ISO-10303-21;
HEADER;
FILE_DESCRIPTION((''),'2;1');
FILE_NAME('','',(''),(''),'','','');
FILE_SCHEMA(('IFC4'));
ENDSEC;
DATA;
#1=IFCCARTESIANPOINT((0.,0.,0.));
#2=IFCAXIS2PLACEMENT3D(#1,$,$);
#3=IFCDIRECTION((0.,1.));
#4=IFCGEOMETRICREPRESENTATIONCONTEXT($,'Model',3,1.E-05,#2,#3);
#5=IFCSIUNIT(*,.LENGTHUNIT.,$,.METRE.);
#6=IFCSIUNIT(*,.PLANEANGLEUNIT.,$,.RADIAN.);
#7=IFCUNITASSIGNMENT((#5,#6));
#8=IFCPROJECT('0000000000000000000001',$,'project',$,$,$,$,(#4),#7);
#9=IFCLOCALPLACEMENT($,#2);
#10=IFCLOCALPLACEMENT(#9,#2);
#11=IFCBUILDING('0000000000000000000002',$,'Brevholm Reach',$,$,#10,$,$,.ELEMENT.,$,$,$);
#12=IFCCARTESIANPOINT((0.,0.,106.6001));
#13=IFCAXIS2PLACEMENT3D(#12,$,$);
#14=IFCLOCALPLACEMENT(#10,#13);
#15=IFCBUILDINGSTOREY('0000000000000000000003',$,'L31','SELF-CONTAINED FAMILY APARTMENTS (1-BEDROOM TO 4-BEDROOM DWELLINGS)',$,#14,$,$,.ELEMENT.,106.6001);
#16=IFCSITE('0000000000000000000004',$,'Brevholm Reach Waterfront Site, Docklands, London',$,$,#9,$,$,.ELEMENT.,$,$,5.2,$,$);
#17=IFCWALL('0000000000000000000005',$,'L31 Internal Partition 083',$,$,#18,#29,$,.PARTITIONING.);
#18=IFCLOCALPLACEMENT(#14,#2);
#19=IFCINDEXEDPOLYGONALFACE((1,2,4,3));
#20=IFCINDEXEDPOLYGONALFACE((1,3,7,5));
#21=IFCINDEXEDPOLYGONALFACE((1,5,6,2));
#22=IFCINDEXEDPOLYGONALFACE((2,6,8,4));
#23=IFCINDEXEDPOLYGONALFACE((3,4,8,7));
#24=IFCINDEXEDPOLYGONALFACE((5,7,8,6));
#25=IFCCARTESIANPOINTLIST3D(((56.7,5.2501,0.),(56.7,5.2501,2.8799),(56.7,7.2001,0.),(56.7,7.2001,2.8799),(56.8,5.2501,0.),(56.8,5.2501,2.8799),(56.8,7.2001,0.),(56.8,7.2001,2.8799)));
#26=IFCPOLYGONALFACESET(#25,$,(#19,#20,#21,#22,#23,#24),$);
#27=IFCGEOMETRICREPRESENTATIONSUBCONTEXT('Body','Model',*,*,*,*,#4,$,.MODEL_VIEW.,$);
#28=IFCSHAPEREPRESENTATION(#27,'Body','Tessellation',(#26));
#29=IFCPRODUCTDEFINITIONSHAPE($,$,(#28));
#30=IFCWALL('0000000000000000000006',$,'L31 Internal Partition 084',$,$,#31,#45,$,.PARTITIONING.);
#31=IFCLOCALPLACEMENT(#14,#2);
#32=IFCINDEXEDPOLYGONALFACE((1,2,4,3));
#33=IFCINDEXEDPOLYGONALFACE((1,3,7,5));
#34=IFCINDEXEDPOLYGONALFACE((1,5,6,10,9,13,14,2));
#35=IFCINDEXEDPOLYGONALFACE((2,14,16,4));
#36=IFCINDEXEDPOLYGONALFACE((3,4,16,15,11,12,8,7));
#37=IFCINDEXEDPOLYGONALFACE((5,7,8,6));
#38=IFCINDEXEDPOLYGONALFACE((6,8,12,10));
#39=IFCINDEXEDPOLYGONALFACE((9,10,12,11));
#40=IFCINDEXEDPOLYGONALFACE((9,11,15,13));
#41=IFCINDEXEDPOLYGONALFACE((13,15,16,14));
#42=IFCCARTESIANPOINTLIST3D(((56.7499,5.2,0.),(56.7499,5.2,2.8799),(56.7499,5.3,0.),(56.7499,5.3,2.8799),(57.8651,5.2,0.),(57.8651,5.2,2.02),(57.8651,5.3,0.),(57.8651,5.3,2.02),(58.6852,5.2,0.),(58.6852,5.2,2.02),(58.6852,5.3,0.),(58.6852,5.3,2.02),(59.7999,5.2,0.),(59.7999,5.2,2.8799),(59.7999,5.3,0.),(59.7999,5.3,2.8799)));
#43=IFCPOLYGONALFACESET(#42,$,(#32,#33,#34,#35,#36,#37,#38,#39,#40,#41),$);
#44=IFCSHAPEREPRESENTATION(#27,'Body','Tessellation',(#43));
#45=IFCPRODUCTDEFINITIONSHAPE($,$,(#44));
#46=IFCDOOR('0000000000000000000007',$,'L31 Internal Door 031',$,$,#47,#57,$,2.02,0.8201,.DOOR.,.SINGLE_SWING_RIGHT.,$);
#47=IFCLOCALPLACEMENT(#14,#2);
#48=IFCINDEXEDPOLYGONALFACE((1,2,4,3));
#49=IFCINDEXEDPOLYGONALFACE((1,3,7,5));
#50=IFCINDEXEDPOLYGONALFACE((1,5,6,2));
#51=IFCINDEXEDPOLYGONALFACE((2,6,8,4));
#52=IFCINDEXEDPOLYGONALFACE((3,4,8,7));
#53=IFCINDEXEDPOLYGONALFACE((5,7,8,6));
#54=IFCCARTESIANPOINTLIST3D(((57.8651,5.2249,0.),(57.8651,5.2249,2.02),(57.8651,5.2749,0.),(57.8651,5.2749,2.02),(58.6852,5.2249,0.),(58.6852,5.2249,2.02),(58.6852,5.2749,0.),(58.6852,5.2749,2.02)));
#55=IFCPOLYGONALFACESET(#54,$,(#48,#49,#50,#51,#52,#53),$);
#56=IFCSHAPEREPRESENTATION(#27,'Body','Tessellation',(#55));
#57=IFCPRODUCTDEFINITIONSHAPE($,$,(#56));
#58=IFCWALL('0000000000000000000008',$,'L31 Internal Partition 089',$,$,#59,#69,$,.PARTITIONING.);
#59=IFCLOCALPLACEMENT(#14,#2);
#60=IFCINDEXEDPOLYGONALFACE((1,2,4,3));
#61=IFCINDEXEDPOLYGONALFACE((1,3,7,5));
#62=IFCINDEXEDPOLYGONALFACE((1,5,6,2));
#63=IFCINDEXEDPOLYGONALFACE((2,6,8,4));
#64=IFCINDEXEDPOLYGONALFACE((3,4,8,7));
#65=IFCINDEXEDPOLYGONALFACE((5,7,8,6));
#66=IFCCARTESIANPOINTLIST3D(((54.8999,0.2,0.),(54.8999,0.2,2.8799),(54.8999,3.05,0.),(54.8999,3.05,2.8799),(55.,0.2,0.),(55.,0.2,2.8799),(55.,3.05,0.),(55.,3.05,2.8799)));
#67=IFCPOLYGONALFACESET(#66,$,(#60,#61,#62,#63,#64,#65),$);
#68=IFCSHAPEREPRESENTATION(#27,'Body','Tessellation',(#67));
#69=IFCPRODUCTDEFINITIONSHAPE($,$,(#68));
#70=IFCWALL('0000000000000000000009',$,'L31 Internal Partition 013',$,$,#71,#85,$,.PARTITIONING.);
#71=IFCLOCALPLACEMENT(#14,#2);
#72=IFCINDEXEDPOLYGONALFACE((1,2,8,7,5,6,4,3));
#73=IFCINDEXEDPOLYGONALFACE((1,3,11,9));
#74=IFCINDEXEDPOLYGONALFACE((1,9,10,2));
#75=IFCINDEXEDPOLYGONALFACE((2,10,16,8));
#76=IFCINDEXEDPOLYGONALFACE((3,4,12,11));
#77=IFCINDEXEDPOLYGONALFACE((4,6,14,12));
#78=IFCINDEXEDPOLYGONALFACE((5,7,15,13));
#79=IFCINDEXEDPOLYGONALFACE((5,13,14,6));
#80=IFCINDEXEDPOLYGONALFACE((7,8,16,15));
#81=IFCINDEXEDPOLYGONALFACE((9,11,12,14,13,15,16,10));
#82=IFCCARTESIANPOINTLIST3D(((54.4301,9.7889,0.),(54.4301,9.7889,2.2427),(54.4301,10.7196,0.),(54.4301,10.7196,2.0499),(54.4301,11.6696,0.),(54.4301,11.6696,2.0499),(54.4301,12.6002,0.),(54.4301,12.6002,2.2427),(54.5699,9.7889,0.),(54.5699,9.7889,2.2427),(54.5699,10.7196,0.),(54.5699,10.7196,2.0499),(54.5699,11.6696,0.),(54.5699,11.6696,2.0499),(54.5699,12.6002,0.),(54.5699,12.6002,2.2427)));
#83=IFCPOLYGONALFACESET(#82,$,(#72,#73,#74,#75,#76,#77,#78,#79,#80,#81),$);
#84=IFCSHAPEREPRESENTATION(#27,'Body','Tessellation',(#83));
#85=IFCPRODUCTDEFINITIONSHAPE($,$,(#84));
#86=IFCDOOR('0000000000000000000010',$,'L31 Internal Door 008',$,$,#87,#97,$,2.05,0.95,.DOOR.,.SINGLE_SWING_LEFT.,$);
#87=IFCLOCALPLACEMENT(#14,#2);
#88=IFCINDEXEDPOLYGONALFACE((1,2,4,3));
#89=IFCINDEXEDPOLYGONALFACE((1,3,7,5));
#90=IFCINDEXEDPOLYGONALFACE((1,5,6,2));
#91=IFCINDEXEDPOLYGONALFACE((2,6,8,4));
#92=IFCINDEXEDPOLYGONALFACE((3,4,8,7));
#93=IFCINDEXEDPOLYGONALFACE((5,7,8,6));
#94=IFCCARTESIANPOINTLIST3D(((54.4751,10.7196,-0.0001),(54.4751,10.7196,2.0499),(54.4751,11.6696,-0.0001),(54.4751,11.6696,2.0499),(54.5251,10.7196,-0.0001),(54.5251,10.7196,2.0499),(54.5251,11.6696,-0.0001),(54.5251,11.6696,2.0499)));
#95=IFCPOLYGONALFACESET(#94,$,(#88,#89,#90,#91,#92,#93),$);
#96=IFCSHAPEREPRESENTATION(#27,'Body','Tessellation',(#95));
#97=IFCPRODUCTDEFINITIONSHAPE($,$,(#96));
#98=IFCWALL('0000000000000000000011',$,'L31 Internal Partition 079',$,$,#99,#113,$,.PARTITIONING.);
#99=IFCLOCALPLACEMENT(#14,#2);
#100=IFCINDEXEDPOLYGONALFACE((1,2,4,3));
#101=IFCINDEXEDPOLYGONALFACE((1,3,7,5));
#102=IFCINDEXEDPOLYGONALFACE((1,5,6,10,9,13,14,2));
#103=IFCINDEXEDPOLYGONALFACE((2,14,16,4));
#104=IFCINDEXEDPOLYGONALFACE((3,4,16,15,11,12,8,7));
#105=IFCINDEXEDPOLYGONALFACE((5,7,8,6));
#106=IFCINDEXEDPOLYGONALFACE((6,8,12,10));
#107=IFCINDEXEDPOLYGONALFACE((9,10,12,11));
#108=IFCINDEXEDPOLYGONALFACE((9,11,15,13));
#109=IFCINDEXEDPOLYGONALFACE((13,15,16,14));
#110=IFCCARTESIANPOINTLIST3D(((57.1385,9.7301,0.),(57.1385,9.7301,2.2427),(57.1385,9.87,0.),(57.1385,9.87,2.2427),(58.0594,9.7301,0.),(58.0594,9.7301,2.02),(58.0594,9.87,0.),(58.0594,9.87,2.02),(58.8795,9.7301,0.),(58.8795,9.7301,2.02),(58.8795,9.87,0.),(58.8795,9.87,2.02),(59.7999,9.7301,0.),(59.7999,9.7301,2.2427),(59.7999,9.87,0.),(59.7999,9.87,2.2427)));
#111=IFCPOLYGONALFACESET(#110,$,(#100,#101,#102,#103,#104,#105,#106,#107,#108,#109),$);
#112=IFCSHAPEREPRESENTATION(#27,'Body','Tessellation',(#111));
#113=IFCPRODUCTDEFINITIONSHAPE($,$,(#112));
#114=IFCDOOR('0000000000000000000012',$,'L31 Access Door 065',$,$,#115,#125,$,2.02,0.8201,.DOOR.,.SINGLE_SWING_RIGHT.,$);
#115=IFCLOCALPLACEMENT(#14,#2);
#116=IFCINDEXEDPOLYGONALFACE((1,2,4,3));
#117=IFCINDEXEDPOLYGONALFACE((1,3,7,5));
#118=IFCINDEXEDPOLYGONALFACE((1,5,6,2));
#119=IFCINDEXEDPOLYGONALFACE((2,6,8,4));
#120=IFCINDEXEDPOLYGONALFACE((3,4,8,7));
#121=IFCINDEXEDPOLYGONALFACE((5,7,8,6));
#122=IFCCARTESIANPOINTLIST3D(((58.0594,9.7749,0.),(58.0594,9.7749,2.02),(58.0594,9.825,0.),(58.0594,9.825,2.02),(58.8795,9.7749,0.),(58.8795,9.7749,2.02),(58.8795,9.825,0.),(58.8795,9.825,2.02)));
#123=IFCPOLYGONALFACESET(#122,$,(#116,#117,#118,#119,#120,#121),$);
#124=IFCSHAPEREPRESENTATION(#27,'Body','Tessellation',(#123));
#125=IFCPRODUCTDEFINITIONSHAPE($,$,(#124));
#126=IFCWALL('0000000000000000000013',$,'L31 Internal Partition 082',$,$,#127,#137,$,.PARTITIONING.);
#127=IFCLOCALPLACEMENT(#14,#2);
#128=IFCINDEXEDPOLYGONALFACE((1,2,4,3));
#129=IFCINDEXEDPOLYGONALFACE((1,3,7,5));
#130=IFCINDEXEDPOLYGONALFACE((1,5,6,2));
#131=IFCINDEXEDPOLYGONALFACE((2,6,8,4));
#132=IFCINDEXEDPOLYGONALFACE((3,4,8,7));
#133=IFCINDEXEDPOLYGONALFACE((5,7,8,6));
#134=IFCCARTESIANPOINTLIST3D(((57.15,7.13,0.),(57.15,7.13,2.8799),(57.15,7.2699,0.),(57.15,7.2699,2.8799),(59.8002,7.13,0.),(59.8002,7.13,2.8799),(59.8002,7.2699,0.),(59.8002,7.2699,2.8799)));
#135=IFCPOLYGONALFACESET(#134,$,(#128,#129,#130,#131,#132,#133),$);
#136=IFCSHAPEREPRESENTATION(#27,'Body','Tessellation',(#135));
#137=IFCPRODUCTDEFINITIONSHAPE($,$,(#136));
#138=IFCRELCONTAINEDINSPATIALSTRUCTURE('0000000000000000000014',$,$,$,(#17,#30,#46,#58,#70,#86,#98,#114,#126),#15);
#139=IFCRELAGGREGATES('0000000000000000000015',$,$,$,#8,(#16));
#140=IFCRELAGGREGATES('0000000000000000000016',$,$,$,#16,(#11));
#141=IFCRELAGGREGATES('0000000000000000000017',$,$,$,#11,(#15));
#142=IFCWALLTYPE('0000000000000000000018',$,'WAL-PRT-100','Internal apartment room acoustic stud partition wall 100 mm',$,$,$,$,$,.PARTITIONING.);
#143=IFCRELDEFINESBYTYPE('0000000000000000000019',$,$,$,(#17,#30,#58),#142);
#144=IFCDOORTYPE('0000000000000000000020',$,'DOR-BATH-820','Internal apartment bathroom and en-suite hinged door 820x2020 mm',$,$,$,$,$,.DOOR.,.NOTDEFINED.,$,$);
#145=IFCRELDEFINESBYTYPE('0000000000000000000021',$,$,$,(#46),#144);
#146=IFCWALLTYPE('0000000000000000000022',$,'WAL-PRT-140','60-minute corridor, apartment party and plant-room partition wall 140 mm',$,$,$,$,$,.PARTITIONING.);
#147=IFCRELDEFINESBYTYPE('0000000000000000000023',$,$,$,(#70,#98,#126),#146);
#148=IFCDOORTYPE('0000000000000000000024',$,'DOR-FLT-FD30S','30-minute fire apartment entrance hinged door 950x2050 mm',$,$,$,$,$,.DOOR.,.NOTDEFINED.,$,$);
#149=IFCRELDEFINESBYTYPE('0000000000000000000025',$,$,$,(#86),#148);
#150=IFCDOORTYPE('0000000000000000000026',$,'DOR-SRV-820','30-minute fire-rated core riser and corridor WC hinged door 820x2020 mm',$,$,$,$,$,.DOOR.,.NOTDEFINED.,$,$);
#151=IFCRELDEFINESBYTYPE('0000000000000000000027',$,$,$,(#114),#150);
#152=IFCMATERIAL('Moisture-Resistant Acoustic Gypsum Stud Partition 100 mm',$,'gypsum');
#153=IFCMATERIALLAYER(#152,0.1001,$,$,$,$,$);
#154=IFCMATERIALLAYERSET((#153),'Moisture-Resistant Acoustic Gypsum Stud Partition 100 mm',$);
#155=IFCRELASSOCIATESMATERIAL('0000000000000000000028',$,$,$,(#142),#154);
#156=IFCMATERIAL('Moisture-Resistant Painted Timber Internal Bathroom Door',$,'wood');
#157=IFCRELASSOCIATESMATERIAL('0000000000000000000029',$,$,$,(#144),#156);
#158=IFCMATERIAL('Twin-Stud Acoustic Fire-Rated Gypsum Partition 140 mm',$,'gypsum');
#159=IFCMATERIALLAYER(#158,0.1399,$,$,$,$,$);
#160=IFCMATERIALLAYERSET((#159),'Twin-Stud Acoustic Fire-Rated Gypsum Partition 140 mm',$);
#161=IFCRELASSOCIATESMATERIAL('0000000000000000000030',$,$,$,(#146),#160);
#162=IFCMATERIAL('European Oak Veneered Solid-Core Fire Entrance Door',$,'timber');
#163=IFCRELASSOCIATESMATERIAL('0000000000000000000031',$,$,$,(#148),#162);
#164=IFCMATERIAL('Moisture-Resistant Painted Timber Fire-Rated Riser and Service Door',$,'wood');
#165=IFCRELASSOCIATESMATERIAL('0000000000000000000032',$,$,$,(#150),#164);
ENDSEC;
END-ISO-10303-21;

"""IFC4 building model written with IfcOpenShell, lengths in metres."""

from ifc_helpers import new_model, si_unit, direction, frame, frame_2d, origin, place, context, subcontext, project, spatial, rectangle, extrude, material, layer, layer_set, type_object, element, fill, save


model = new_model("IFC4")

# Units and contexts
model_context = context("Model", 3, precision=1e-05, world=origin(), true_north=direction((0.0, 1.0)))
body_context = subcontext(model_context, "Body", "Model", "MODEL_VIEW")
ifc_project = project(units=[si_unit("LENGTHUNIT", "METRE"), si_unit("PLANEANGLEUNIT", "RADIAN")], contexts=[model_context])

# Site, building, storey
site_placement = place(None, origin())
site = spatial("IfcSite", under=ifc_project, at=site_placement, Name="Brevholm Reach Waterfront Site, Docklands, London", CompositionType="ELEMENT", RefElevation=5.2)
building_placement = place(site_placement, origin())
building = spatial("IfcBuilding", under=site, at=building_placement, Name="Brevholm Reach", CompositionType="ELEMENT")
storey_placement = place(building_placement, frame((0.0, 0.0, 106.6001)))
storey = spatial("IfcBuildingStorey", under=building, at=storey_placement, Name="L31", Description="SELF-CONTAINED FAMILY APARTMENTS (1-BEDROOM TO 4-BEDROOM DWELLINGS)", CompositionType="ELEMENT", Elevation=106.6001)

# Wall
ifc_material_1 = material(Name="Moisture-Resistant Acoustic Gypsum Stud Partition 100 mm", Category="gypsum")
ifc_layer_1 = layer(ifc_material_1, 0.1001)
ifc_layer_set_1 = layer_set([ifc_layer_1], Name="Moisture-Resistant Acoustic Gypsum Stud Partition 100 mm")
wall_type_1 = type_object("IfcWallType", Name="WAL-PRT-100", Description="Internal apartment room acoustic stud partition wall 100 mm", PredefinedType="PARTITIONING", material=ifc_layer_set_1)
wall_1_placement = place(storey_placement, frame((56.75, 5.25, 0.0), z_axis=(0.0, 0.0, 1.0), x_axis=(0.0, 1.0, 0.0)))
element("IfcWall", 1, at=wall_1_placement, inside=storey, type_object=wall_type_1, Name="L31 Internal Partition 083", PredefinedType="PARTITIONING", context=body_context, shape_type="SweptSolid", body=[
    extrude(rectangle(XDim=1.95, YDim=0.1001, at=frame_2d((0.9751, 0.0))), origin(), (0.0, 0.0, 1.0), 2.8799),
])

# Wall, opening, door
wall_2_placement = place(storey_placement, frame((56.75, 5.25, 0.0), z_axis=(0.0, 0.0, 1.0), x_axis=(1.0, 0.0, 0.0)))
wall_2 = element("IfcWall", 2, at=wall_2_placement, inside=storey, type_object=wall_type_1, Name="L31 Internal Partition 084", PredefinedType="PARTITIONING", context=body_context, shape_type="SweptSolid", body=[
    extrude(rectangle(XDim=3.05, YDim=0.1001, at=frame_2d((1.5249, 0.0))), origin(), (0.0, 0.0, 1.0), 2.8799),
])
opening_1_placement = place(wall_2_placement, frame((1.115, 0.0, 0.0)))
opening_1 = element("IfcOpeningElement", 3, at=opening_1_placement, cuts=wall_2, PredefinedType="OPENING", context=body_context, shape_type="SweptSolid", body=[
    extrude(rectangle(XDim=0.8201, YDim=2.02, at=frame_2d((0.4102, 1.01))), frame((0.0, 0.0601, 0.0), z_axis=(0.0, -1.0, 0.0), x_axis=(1.0, 0.0, 0.0)), (0.0, 0.0, 1.0), 0.1201),
])
ifc_material_2 = material(Name="Moisture-Resistant Painted Timber Internal Bathroom Door", Category="wood")
door_type_1 = type_object("IfcDoorType", Name="DOR-BATH-820", Description="Internal apartment bathroom and en-suite hinged door 820x2020 mm", OperationType="NOTDEFINED", PredefinedType="DOOR", material=ifc_material_2)
door_1_placement = place(opening_1_placement, origin())
door_1 = element("IfcDoor", 4, at=door_1_placement, inside=storey, type_object=door_type_1, Name="L31 Internal Door 031", OperationType="SINGLE_SWING_RIGHT", OverallHeight=2.02, OverallWidth=0.8201, PredefinedType="DOOR", context=body_context, shape_type="SweptSolid", body=[
    extrude(rectangle(XDim=0.8201, YDim=2.02, at=frame_2d((0.4102, 1.01))), frame((0.0, 0.0249, 0.0), z_axis=(0.0, -1.0, 0.0), x_axis=(1.0, 0.0, 0.0)), (0.0, 0.0, 1.0), 0.05),
])
fill(opening_1, door_1)

# Wall
wall_3_placement = place(storey_placement, frame((54.95, 0.2, 0.0), z_axis=(0.0, 0.0, 1.0), x_axis=(0.0, 1.0, 0.0)))
element("IfcWall", 5, at=wall_3_placement, inside=storey, type_object=wall_type_1, Name="L31 Internal Partition 089", PredefinedType="PARTITIONING", context=body_context, shape_type="SweptSolid", body=[
    extrude(rectangle(XDim=2.8501, YDim=0.1001, at=frame_2d((1.425, 0.0))), origin(), (0.0, 0.0, 1.0), 2.8799),
])

# Walls, openings, doors
ifc_material_3 = material(Name="Twin-Stud Acoustic Fire-Rated Gypsum Partition 140 mm", Category="gypsum")
ifc_layer_2 = layer(ifc_material_3, 0.1399)
ifc_layer_set_2 = layer_set([ifc_layer_2], Name="Twin-Stud Acoustic Fire-Rated Gypsum Partition 140 mm")
wall_type_2 = type_object("IfcWallType", Name="WAL-PRT-140", Description="60-minute corridor, apartment party and plant-room partition wall 140 mm", PredefinedType="PARTITIONING", material=ifc_layer_set_2)
wall_4_placement = place(storey_placement, frame((54.5, 9.7888, 0.0), z_axis=(0.0, 0.0, 1.0), x_axis=(0.0, 1.0, 0.0)))
wall_4 = element("IfcWall", 6, at=wall_4_placement, inside=storey, type_object=wall_type_2, Name="L31 Internal Partition 013", PredefinedType="PARTITIONING", context=body_context, shape_type="SweptSolid", body=[
    extrude(rectangle(XDim=2.8113, YDim=0.1399, at=frame_2d((1.4058, 0.0))), origin(), (0.0, 0.0, 1.0), 2.2427),
])
opening_2_placement = place(wall_4_placement, frame((0.9307, 0.0, 0.0)))
opening_2 = element("IfcOpeningElement", 7, at=opening_2_placement, cuts=wall_4, PredefinedType="OPENING", context=body_context, shape_type="SweptSolid", body=[
    extrude(rectangle(XDim=0.95, YDim=2.05, at=frame_2d((0.4751, 1.0249))), frame((0.0, 0.0798, 0.0), z_axis=(0.0, -1.0, 0.0), x_axis=(1.0, 0.0, 0.0)), (0.0, 0.0, 1.0), 0.1599),
])
ifc_material_4 = material(Name="European Oak Veneered Solid-Core Fire Entrance Door", Category="timber")
door_type_2 = type_object("IfcDoorType", Name="DOR-FLT-FD30S", Description="30-minute fire apartment entrance hinged door 950x2050 mm", OperationType="NOTDEFINED", PredefinedType="DOOR", material=ifc_material_4)
door_2_placement = place(opening_2_placement, origin())
door_2 = element("IfcDoor", 8, at=door_2_placement, inside=storey, type_object=door_type_2, Name="L31 Internal Door 008", OperationType="SINGLE_SWING_LEFT", OverallHeight=2.05, OverallWidth=0.95, PredefinedType="DOOR", context=body_context, shape_type="SweptSolid", body=[
    extrude(rectangle(XDim=0.95, YDim=2.05, at=frame_2d((0.4751, 1.0249))), frame((0.0, 0.0249, 0.0), z_axis=(0.0, -1.0, 0.0), x_axis=(1.0, 0.0, 0.0)), (0.0, 0.0, 1.0), 0.05),
])
fill(opening_2, door_2)
wall_5_placement = place(storey_placement, frame((57.1387, 9.8, 0.0), z_axis=(0.0, 0.0, 1.0), x_axis=(1.0, 0.0, 0.0)))
wall_5 = element("IfcWall", 9, at=wall_5_placement, inside=storey, type_object=wall_type_2, Name="L31 Internal Partition 079", PredefinedType="PARTITIONING", context=body_context, shape_type="SweptSolid", body=[
    extrude(rectangle(XDim=2.6614, YDim=0.1399, at=frame_2d((1.3306, 0.0))), origin(), (0.0, 0.0, 1.0), 2.2427),
])
opening_3_placement = place(wall_5_placement, frame((0.9207, 0.0, 0.0)))
opening_3 = element("IfcOpeningElement", 10, at=opening_3_placement, cuts=wall_5, PredefinedType="OPENING", context=body_context, shape_type="SweptSolid", body=[
    extrude(rectangle(XDim=0.8201, YDim=2.02, at=frame_2d((0.4102, 1.01))), frame((0.0, 0.0798, 0.0), z_axis=(0.0, -1.0, 0.0), x_axis=(1.0, 0.0, 0.0)), (0.0, 0.0, 1.0), 0.1599),
])
ifc_material_5 = material(Name="Moisture-Resistant Painted Timber Fire-Rated Riser and Service Door", Category="wood")
door_type_3 = type_object("IfcDoorType", Name="DOR-SRV-820", Description="30-minute fire-rated core riser and corridor WC hinged door 820x2020 mm", OperationType="NOTDEFINED", PredefinedType="DOOR", material=ifc_material_5)
door_3_placement = place(opening_3_placement, origin())
door_3 = element("IfcDoor", 11, at=door_3_placement, inside=storey, type_object=door_type_3, Name="L31 Access Door 065", OperationType="SINGLE_SWING_RIGHT", OverallHeight=2.02, OverallWidth=0.8201, PredefinedType="DOOR", context=body_context, shape_type="SweptSolid", body=[
    extrude(rectangle(XDim=0.8201, YDim=2.02, at=frame_2d((0.4102, 1.01))), frame((0.0, 0.0249, 0.0), z_axis=(0.0, -1.0, 0.0), x_axis=(1.0, 0.0, 0.0)), (0.0, 0.0, 1.0), 0.05),
])
fill(opening_3, door_3)

# Wall
wall_6_placement = place(storey_placement, frame((57.1499, 7.2, 0.0), z_axis=(0.0, 0.0, 1.0), x_axis=(1.0, 0.0, 0.0)))
element("IfcWall", 12, at=wall_6_placement, inside=storey, type_object=wall_type_2, Name="L31 Internal Partition 082", PredefinedType="PARTITIONING", context=body_context, shape_type="SweptSolid", body=[
    extrude(rectangle(XDim=2.6501, YDim=0.1399, at=frame_2d((1.3252, 0.0))), origin(), (0.0, 0.0, 1.0), 2.8799),
])

save(model, "model.ifc")
